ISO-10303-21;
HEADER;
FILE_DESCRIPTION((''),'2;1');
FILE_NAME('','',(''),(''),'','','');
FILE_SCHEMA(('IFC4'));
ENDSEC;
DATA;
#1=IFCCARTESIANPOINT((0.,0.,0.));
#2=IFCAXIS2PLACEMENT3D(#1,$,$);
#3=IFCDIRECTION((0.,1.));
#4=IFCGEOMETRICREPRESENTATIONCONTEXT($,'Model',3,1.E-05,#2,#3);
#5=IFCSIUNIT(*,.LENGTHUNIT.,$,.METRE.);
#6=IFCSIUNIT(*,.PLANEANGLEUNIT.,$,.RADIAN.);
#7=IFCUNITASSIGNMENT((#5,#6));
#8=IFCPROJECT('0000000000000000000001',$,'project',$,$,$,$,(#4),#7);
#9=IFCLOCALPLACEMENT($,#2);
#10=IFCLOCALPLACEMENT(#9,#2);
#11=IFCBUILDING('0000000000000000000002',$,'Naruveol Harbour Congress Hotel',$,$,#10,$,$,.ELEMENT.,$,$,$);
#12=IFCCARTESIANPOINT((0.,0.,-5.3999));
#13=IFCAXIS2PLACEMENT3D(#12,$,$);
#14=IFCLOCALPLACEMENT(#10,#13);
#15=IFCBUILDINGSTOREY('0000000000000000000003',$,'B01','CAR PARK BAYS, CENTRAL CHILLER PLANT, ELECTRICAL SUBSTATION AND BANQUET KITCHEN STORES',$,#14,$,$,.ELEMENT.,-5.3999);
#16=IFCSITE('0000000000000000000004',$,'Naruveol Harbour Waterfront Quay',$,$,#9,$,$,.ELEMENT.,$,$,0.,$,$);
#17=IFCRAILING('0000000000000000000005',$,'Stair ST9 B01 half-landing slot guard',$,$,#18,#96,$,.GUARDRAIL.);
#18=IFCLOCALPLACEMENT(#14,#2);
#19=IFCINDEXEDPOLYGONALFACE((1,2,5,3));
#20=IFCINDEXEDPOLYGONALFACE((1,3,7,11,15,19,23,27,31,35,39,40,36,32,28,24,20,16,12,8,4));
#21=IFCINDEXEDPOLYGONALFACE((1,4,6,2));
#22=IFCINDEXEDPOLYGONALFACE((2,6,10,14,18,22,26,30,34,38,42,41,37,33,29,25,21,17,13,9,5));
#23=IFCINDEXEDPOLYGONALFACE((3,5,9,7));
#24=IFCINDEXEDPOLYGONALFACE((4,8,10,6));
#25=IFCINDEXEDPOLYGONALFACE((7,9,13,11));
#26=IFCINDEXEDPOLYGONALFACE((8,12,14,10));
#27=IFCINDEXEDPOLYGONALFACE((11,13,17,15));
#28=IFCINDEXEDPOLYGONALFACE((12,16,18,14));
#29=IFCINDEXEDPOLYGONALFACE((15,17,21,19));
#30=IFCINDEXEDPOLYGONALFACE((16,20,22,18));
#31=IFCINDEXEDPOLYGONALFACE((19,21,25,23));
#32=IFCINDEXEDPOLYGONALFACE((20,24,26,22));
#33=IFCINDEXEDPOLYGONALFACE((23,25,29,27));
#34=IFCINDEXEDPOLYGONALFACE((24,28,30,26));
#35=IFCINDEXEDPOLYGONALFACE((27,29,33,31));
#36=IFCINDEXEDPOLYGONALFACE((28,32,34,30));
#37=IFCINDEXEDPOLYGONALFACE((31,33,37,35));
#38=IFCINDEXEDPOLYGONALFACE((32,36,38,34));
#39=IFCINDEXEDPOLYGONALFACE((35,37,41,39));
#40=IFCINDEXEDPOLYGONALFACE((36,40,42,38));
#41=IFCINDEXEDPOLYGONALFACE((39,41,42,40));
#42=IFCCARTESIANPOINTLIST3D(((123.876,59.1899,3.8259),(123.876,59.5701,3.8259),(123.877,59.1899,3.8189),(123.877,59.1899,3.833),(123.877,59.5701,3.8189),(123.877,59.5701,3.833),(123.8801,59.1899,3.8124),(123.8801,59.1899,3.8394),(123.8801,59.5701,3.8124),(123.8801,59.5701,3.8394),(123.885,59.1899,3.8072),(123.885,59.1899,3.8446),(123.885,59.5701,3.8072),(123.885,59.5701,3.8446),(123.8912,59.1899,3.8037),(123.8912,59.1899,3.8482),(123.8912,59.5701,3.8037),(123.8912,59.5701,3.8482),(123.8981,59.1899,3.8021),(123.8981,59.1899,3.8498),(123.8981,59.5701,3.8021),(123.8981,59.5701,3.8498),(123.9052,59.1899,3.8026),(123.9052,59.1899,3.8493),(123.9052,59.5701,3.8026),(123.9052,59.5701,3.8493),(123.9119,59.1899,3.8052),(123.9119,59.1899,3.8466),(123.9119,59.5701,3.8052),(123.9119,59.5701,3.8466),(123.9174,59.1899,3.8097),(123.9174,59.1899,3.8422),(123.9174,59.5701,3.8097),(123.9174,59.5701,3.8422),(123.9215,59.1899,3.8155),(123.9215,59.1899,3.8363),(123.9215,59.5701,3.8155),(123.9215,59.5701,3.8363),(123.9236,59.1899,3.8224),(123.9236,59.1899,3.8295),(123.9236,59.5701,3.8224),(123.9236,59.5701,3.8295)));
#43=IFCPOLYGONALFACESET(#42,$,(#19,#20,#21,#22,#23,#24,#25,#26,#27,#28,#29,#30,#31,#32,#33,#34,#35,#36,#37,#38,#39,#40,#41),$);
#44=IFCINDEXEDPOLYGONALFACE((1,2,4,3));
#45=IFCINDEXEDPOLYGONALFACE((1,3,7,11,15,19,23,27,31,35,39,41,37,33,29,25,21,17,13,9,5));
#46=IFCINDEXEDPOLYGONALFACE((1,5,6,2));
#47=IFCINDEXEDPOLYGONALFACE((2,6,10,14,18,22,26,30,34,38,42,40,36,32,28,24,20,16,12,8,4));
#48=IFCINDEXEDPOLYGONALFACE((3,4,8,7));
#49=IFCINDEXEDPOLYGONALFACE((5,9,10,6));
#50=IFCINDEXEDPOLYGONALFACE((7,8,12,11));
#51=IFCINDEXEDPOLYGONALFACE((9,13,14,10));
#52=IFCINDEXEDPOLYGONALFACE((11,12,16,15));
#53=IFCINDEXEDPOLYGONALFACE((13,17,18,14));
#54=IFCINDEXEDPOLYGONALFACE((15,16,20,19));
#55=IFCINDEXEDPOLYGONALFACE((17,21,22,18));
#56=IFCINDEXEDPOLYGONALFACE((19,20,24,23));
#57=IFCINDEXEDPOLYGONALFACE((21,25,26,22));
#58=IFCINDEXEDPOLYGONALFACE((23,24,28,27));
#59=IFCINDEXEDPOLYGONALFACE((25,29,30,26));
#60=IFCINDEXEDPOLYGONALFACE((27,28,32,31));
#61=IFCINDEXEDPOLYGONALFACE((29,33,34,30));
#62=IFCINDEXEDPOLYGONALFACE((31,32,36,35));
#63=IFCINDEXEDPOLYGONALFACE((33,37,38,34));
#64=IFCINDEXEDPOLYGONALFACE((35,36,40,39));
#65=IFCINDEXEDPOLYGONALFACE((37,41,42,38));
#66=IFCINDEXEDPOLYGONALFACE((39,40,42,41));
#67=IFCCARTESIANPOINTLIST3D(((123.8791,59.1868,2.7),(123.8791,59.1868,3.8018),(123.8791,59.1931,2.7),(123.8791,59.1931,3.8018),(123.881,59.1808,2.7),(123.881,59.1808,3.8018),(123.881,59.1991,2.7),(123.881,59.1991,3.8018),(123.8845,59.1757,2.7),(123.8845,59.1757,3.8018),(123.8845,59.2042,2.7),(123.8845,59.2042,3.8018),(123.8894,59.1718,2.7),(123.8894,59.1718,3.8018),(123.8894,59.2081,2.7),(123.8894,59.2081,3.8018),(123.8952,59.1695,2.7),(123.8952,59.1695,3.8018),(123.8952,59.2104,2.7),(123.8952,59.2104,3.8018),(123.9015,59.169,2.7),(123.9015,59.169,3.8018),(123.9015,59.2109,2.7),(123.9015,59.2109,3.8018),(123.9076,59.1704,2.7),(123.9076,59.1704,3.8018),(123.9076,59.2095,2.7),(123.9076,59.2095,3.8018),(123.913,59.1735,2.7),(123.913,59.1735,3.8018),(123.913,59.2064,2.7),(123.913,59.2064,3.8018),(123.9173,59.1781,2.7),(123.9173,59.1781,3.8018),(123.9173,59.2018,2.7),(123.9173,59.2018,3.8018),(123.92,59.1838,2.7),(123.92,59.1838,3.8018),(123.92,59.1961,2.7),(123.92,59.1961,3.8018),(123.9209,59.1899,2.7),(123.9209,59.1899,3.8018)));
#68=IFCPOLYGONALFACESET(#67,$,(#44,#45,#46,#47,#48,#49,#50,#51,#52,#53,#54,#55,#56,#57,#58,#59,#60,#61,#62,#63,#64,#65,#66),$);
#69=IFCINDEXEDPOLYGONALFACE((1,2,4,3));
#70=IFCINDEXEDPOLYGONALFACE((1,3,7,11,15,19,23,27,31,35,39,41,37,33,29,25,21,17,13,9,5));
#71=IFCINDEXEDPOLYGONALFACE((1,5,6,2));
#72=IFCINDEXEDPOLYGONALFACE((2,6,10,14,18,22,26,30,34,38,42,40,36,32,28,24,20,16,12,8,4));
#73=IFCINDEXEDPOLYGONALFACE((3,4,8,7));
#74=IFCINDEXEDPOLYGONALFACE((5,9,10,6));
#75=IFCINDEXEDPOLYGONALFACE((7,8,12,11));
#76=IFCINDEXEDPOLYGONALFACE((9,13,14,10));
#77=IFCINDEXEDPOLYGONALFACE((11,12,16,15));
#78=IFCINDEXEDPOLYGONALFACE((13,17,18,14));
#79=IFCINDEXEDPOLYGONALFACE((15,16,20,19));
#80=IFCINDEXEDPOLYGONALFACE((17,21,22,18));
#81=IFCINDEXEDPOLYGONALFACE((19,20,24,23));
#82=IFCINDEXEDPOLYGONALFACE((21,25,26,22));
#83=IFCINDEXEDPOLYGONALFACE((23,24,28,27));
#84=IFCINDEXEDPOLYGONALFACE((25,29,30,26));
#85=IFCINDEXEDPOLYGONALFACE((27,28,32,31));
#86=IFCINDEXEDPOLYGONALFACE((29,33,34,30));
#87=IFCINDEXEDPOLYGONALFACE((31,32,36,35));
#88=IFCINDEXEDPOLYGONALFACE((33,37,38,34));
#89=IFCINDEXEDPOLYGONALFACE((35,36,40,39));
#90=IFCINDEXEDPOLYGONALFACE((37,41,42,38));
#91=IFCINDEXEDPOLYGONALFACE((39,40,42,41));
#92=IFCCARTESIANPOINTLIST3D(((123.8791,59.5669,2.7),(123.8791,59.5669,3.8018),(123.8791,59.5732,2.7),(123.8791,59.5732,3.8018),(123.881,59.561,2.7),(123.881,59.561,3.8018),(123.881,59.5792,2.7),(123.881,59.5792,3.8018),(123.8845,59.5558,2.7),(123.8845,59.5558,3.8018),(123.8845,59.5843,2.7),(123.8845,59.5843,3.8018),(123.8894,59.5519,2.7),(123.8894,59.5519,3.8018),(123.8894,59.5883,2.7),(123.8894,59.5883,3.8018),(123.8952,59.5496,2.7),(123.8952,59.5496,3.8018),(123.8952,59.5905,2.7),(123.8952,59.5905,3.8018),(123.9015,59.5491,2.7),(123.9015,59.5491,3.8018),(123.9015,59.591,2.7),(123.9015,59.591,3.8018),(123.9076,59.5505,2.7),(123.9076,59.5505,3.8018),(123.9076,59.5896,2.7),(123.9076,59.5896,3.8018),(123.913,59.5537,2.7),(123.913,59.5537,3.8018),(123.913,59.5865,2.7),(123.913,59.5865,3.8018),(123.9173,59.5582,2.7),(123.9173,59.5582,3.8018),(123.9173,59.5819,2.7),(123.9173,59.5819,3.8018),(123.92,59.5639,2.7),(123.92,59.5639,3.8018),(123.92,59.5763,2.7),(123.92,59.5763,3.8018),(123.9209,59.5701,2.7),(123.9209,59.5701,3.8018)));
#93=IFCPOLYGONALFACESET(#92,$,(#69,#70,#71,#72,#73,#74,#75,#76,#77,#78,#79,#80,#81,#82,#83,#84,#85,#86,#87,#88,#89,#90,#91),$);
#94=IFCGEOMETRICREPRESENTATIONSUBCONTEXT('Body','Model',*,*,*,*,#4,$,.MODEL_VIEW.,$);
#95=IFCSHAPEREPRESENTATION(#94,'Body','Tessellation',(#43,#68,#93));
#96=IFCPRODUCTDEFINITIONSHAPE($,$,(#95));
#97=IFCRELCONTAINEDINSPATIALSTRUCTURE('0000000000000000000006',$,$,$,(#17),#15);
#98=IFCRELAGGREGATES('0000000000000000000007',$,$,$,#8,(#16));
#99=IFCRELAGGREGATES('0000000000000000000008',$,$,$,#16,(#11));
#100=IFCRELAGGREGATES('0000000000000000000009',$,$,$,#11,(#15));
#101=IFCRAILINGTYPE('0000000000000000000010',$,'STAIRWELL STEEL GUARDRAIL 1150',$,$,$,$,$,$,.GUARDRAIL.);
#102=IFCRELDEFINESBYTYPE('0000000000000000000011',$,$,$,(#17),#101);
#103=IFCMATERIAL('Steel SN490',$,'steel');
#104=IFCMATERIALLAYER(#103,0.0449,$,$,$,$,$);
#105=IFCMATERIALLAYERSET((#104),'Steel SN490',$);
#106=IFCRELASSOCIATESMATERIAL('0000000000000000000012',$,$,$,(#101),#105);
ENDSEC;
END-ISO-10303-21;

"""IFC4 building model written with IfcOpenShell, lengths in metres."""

from ifc_helpers import new_model, si_unit, direction, frame, origin, origin_2d, place, context, subcontext, project, spatial, circle, extrude, material, layer, layer_set, type_object, element, save


model = new_model("IFC4")

# Units and contexts
model_context = context("Model", 3, precision=1e-05, world=origin(), true_north=direction((0.0, 1.0)))
body_context = subcontext(model_context, "Body", "Model", "MODEL_VIEW")
ifc_project = project(units=[si_unit("LENGTHUNIT", "METRE"), si_unit("PLANEANGLEUNIT", "RADIAN")], contexts=[model_context])

# Site, building, storey
site_placement = place(None, origin())
site = spatial("IfcSite", under=ifc_project, at=site_placement, Name="Naruveol Harbour Waterfront Quay", CompositionType="ELEMENT", RefElevation=0.0)
building_placement = place(site_placement, origin())
building = spatial("IfcBuilding", under=site, at=building_placement, Name="Naruveol Harbour Congress Hotel", CompositionType="ELEMENT")
storey_placement = place(building_placement, frame((0.0, 0.0, -5.3999)))
storey = spatial("IfcBuildingStorey", under=building, at=storey_placement, Name="B01", Description="CAR PARK BAYS, CENTRAL CHILLER PLANT, ELECTRICAL SUBSTATION AND BANQUET KITCHEN STORES", CompositionType="ELEMENT", Elevation=-5.3999)

# Railing
ifc_material_1 = material(Name="Steel SN490", Category="steel")
ifc_layer_1 = layer(ifc_material_1, 0.0449)
ifc_layer_set_1 = layer_set([ifc_layer_1], Name="Steel SN490")
railing_type_1 = type_object("IfcRailingType", Name="STAIRWELL STEEL GUARDRAIL 1150", PredefinedType="GUARDRAIL", material=ifc_layer_set_1)
railing_1_placement = place(storey_placement, frame((123.8999, 59.1899, 2.7)))
element("IfcRailing", 1, at=railing_1_placement, inside=storey, type_object=railing_type_1, Name="Stair ST9 B01 half-landing slot guard", PredefinedType="GUARDRAIL", context=body_context, shape_type="SweptSolid", body=[
    extrude(circle(Radius=0.0239, at=origin_2d()), frame((0.0, 0.0, 1.126), z_axis=(0.0, 1.0, 0.0), x_axis=(-1.0, 0.0, 0.0)), (0.0, 0.0, 1.0), 0.3801),
    extrude(circle(Radius=0.021, at=origin_2d()), origin(), (0.0, 0.0, 1.0), 1.1018),
    extrude(circle(Radius=0.021, at=origin_2d()), frame((0.0, 0.3801, 0.0)), (0.0, 0.0, 1.0), 1.1018),
])

save(model, "model.ifc")
